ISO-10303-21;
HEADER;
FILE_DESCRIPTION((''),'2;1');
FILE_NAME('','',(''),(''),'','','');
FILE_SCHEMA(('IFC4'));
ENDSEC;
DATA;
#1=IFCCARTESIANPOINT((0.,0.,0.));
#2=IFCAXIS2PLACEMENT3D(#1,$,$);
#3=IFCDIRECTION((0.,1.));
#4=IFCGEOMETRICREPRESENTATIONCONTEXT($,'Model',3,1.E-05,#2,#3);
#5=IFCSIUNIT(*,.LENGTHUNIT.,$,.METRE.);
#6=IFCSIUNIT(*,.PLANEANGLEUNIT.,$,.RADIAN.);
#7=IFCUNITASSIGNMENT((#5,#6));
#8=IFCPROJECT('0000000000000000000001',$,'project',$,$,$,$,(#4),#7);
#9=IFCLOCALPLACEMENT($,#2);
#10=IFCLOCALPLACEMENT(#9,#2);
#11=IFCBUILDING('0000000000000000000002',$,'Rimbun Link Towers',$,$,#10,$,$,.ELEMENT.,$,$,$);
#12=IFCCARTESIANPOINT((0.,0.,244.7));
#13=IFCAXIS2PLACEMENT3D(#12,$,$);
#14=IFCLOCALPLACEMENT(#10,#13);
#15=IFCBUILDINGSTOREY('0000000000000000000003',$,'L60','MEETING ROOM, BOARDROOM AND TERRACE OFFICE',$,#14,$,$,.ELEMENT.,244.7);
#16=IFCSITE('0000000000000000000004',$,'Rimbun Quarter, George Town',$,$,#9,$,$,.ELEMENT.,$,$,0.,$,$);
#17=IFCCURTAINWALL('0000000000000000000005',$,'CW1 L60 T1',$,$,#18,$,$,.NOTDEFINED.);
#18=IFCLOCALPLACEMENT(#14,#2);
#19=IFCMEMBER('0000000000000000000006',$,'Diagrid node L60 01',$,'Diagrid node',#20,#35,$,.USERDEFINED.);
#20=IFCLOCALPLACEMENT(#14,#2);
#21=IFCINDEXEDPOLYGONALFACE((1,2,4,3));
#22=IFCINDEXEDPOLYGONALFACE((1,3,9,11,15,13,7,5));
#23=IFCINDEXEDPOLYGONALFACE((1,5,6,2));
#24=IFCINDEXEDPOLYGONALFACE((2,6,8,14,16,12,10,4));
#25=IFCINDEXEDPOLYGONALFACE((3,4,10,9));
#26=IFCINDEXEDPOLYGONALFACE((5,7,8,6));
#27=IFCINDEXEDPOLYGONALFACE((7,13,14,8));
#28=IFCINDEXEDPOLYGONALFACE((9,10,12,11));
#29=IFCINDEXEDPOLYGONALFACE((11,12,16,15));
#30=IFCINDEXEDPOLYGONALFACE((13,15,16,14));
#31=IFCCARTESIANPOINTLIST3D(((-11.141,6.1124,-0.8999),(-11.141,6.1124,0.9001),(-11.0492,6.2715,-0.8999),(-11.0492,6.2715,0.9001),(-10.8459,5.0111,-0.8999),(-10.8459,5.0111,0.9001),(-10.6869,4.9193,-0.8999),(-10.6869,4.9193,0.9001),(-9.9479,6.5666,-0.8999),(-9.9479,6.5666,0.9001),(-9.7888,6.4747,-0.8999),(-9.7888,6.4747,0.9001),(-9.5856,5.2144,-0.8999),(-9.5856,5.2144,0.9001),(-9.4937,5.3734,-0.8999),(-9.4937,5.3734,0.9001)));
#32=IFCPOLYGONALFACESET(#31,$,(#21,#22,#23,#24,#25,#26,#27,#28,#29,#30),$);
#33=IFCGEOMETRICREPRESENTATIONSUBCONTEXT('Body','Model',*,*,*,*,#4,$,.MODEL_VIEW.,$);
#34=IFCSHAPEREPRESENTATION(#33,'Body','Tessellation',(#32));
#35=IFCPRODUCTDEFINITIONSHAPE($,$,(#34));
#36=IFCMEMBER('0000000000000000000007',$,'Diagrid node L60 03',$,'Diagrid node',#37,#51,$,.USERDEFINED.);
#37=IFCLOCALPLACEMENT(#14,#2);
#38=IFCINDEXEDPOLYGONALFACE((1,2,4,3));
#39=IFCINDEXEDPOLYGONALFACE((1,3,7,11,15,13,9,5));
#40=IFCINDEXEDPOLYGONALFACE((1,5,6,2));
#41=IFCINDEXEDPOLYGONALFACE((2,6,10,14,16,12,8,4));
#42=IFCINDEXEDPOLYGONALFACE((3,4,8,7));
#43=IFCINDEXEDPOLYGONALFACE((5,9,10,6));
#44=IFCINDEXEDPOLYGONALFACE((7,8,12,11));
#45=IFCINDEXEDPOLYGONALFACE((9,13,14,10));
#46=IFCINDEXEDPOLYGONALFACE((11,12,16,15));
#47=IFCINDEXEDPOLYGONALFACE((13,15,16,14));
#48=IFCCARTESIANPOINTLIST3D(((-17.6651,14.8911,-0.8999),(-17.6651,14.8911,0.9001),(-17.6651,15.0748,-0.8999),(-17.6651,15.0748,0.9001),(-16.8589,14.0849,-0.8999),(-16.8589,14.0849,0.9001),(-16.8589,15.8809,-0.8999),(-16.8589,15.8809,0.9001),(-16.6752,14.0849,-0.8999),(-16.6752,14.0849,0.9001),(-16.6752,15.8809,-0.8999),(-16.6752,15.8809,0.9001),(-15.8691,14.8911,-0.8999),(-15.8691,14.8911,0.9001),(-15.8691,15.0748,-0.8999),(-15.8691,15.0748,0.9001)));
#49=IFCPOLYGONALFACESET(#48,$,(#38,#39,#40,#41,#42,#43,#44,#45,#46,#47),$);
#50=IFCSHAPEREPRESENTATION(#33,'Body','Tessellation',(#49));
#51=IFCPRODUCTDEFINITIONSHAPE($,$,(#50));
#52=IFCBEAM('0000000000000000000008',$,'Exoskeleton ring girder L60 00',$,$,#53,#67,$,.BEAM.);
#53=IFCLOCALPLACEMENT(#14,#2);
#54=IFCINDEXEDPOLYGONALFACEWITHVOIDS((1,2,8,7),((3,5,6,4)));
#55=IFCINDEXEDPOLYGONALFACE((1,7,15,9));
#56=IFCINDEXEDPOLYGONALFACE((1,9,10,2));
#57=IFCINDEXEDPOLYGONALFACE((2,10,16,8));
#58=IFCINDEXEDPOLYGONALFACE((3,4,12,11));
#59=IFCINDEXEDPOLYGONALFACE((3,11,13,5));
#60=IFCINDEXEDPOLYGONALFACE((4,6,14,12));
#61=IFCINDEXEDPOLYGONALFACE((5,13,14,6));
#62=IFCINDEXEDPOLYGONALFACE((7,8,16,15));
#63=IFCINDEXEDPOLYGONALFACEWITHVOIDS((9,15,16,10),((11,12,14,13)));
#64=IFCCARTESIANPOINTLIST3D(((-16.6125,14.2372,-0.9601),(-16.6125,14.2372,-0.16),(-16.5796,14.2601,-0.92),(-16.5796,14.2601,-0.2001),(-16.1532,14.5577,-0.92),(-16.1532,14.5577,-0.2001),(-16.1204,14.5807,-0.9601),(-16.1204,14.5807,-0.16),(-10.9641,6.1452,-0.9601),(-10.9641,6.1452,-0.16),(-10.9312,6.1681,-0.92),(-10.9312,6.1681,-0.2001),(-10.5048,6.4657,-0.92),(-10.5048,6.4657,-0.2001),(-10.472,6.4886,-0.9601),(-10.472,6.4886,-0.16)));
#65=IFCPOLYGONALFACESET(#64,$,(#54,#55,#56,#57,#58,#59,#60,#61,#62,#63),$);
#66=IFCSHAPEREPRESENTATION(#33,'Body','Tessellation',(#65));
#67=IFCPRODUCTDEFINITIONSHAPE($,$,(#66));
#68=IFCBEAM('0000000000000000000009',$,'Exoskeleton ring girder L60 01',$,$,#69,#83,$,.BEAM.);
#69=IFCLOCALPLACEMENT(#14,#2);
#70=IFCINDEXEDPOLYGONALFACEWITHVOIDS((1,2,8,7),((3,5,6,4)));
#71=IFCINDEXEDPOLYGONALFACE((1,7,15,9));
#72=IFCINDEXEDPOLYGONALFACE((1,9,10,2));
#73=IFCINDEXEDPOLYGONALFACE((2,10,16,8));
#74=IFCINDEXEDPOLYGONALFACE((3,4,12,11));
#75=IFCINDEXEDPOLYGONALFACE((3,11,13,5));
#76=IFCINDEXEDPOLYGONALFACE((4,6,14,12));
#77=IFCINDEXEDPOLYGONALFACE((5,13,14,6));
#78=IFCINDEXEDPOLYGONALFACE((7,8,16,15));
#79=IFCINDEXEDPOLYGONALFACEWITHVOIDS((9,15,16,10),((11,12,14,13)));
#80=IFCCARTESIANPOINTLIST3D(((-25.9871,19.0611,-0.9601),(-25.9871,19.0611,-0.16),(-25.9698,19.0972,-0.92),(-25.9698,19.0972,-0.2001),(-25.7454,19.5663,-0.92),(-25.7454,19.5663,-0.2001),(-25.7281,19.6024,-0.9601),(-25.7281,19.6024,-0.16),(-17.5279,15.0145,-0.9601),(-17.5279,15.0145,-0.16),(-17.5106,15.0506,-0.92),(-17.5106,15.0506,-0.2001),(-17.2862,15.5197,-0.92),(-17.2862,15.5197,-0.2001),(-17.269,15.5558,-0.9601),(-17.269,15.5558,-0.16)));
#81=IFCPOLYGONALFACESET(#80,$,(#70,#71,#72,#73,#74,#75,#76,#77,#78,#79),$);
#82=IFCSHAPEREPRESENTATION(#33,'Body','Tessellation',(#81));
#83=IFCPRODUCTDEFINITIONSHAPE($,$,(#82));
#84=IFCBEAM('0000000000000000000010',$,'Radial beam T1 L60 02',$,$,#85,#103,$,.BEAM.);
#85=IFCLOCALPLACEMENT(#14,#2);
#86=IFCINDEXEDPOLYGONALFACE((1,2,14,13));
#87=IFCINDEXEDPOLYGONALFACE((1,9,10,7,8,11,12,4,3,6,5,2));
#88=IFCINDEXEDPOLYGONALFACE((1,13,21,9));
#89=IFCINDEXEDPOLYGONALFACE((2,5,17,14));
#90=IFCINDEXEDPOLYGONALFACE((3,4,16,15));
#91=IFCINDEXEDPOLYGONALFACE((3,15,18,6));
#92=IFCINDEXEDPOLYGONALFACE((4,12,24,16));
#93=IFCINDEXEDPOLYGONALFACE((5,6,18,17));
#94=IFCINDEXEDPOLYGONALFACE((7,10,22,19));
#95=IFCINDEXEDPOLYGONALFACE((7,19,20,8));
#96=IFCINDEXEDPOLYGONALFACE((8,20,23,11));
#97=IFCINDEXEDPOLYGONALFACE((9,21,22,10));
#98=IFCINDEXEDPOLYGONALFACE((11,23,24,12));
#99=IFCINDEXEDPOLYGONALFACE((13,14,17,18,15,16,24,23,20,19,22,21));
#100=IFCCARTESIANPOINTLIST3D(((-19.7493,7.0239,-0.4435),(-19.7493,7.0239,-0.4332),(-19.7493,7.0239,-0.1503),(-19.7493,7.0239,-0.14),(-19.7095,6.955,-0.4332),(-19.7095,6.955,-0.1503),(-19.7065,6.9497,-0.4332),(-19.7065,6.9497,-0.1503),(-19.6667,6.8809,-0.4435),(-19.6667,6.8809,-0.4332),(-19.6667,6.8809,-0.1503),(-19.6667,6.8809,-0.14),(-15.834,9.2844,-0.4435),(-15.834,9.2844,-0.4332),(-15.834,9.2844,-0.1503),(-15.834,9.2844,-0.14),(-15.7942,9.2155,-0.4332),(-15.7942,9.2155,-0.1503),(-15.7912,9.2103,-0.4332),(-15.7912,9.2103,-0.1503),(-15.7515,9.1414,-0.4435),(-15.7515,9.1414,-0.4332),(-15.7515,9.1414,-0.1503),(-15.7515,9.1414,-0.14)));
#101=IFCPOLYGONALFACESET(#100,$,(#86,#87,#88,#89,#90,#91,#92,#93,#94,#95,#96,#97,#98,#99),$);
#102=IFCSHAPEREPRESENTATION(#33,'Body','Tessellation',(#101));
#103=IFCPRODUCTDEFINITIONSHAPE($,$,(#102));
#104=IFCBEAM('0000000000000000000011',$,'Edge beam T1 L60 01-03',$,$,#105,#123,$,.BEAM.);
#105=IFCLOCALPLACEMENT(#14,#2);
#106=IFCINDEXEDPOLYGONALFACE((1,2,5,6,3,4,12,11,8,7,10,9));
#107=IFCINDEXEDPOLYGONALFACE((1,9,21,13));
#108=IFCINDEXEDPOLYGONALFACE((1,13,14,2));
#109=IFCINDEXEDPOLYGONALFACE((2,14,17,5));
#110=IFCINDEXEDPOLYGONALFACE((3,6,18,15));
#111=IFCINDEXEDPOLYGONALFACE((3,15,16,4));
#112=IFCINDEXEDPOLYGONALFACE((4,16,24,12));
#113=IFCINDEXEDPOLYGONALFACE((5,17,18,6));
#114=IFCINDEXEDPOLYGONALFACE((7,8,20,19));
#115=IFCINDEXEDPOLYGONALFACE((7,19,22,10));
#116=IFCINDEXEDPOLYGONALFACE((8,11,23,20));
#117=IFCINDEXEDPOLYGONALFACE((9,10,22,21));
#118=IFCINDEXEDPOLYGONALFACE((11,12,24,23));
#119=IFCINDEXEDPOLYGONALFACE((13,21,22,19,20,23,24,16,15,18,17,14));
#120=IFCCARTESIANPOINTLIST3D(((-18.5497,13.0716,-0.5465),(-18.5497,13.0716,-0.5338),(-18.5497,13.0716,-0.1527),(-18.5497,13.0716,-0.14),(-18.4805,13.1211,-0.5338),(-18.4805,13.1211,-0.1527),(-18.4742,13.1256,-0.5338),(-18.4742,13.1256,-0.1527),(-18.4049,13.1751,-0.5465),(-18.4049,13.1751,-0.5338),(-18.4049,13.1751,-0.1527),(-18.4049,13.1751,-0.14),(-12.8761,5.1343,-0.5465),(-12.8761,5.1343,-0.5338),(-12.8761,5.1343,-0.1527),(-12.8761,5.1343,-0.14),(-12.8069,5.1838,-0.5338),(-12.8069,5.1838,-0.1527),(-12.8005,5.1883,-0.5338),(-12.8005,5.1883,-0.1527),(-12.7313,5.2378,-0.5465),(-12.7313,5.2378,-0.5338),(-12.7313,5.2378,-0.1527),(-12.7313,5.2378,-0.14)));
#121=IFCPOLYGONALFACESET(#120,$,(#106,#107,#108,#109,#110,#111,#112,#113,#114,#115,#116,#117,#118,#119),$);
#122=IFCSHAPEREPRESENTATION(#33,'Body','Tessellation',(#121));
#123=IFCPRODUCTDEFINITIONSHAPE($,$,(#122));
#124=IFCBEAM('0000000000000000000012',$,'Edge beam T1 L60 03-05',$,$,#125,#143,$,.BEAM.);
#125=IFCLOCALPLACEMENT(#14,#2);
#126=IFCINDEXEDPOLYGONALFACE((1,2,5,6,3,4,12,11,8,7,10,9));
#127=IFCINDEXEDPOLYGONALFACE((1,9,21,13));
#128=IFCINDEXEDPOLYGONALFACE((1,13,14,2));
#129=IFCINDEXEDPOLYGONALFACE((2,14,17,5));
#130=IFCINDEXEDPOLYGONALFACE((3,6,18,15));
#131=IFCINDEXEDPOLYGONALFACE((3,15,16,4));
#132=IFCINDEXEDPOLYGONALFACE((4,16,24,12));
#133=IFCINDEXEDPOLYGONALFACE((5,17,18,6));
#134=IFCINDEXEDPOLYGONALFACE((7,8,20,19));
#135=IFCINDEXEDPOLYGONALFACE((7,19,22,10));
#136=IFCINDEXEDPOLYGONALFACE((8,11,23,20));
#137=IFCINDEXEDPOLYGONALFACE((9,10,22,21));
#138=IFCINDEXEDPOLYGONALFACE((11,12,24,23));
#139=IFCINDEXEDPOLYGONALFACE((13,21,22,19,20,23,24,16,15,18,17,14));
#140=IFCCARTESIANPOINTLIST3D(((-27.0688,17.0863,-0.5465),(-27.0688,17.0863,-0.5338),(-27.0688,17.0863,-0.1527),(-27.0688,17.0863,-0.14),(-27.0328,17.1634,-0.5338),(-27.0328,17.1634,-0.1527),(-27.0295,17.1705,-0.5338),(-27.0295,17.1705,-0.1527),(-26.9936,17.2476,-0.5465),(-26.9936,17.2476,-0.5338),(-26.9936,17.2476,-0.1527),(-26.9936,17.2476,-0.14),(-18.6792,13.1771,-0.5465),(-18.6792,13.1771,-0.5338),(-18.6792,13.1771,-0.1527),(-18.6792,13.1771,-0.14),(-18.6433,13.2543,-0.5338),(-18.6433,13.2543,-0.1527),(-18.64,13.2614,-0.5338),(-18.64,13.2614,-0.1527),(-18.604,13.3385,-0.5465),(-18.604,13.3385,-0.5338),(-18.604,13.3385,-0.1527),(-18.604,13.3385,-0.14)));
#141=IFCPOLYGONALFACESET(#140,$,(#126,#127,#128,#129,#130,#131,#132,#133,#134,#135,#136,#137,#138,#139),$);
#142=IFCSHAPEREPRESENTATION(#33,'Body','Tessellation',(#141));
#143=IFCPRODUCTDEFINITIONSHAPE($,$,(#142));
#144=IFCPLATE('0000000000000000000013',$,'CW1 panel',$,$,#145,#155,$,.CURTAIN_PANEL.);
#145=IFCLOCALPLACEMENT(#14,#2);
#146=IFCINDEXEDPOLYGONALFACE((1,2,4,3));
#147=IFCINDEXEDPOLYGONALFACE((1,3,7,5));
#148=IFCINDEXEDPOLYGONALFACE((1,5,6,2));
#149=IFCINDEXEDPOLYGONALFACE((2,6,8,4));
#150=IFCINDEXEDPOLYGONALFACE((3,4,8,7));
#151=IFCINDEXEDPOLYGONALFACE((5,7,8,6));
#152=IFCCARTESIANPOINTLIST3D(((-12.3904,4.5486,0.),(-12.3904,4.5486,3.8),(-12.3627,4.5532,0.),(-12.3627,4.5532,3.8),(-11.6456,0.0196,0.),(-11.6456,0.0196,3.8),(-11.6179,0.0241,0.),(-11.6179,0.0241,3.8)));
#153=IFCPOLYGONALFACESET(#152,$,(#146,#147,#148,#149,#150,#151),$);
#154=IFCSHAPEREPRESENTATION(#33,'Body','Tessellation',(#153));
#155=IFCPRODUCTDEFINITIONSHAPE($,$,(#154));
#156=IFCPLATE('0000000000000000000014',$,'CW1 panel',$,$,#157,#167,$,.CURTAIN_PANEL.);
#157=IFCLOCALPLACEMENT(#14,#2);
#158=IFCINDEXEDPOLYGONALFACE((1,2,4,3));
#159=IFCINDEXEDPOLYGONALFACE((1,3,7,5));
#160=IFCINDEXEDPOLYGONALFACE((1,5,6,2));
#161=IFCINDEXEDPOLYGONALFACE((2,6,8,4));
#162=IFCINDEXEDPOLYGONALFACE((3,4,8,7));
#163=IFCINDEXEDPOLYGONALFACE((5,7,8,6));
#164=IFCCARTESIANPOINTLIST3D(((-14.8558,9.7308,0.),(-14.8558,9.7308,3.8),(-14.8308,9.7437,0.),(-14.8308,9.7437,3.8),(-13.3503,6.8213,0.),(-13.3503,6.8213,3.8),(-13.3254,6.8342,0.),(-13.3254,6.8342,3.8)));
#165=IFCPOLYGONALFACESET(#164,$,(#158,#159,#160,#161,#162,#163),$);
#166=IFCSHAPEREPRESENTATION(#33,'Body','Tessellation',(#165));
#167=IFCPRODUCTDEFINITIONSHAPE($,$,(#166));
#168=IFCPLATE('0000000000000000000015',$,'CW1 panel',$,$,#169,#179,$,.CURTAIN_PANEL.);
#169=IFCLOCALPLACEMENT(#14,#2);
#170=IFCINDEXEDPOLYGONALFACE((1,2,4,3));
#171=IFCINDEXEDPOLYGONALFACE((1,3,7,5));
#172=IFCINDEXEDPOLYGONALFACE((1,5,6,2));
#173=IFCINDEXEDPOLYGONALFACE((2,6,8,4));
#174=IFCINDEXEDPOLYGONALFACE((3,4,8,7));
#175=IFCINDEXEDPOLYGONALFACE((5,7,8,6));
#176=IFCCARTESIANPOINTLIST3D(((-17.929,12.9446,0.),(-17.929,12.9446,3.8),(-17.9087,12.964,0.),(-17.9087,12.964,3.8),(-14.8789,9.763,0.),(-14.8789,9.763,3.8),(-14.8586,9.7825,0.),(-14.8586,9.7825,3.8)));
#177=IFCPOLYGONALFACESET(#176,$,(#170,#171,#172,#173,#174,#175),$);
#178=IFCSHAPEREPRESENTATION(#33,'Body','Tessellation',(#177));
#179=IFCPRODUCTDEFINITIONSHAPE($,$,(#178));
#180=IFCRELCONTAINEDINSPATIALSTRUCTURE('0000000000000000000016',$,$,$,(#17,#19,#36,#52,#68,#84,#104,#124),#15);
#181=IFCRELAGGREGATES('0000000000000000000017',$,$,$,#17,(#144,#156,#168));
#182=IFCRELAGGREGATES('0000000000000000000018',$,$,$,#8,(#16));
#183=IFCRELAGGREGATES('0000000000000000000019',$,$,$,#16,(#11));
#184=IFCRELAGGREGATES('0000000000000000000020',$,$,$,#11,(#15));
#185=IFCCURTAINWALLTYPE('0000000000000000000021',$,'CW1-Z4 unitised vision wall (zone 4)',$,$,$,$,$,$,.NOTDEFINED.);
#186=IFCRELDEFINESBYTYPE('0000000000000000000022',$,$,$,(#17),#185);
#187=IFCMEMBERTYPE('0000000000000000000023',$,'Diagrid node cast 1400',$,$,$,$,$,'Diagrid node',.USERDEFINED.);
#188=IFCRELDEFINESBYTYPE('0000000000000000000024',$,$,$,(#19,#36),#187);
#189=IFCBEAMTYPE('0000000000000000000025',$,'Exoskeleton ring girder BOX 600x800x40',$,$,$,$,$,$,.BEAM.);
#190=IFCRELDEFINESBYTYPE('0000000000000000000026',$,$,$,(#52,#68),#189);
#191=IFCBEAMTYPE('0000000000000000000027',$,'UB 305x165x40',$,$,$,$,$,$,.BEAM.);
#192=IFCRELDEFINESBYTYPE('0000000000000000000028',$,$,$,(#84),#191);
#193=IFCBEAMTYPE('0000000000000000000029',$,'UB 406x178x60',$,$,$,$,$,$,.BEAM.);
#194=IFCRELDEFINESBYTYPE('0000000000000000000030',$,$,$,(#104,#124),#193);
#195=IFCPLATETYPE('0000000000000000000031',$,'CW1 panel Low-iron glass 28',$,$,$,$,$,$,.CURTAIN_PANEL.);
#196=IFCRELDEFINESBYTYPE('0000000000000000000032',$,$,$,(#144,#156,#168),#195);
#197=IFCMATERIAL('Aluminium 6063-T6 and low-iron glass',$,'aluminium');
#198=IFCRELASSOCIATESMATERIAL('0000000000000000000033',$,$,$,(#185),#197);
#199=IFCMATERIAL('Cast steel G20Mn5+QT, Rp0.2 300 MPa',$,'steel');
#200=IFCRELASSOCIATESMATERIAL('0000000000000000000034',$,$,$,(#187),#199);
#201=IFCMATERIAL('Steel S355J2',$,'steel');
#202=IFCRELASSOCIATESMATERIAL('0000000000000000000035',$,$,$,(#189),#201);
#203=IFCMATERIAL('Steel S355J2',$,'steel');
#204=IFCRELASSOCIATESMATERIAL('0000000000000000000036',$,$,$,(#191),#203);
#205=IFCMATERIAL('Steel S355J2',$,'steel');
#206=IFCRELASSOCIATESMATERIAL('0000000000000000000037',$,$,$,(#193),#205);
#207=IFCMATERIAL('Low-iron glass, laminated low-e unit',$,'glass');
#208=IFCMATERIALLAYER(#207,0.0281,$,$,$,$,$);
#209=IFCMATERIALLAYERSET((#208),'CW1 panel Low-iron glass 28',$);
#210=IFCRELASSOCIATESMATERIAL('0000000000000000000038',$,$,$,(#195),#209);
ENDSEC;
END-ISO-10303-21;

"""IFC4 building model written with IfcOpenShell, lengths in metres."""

from ifc_helpers import new_model, si_unit, direction, frame, origin, origin_2d, place, context, subcontext, project, spatial, polyline, rectangle, hollow_rectangle, i_section, outline, extrude, material, layer, layer_set, material_profile, profile_set, type_object, element, aggregate, save


model = new_model("IFC4")

# Units and contexts
model_context = context("Model", 3, precision=1e-05, world=origin(), true_north=direction((0.0, 1.0)))
body_context = subcontext(model_context, "Body", "Model", "MODEL_VIEW")
ifc_project = project(units=[si_unit("LENGTHUNIT", "METRE"), si_unit("PLANEANGLEUNIT", "RADIAN")], contexts=[model_context])

# Site, building, storey
site_placement = place(None, origin())
site = spatial("IfcSite", under=ifc_project, at=site_placement, Name="Rimbun Quarter, George Town", CompositionType="ELEMENT", RefElevation=0.0)
building_placement = place(site_placement, origin())
building = spatial("IfcBuilding", under=site, at=building_placement, Name="Rimbun Link Towers", CompositionType="ELEMENT")
storey_placement = place(building_placement, frame((0.0, 0.0, 244.7)))
storey = spatial("IfcBuildingStorey", under=building, at=storey_placement, Name="L60", Description="MEETING ROOM, BOARDROOM AND TERRACE OFFICE", CompositionType="ELEMENT", Elevation=244.7)

# Curtain wall
ifc_material_1 = material(Name="Aluminium 6063-T6 and low-iron glass", Category="aluminium")
curtain_wall_type = type_object("IfcCurtainWallType", Name="CW1-Z4 unitised vision wall (zone 4)", PredefinedType="NOTDEFINED", material=ifc_material_1)
curtain_wall_placement = place(storey_placement, origin())
curtain_wall = element("IfcCurtainWall", 1, at=curtain_wall_placement, inside=storey, type_object=curtain_wall_type, Name="CW1 L60 T1", PredefinedType="NOTDEFINED")

# Members
ifc_material_2 = material(Name="Cast steel G20Mn5+QT, Rp0.2 300 MPa", Category="steel")
ifc_material_profile_1 = material_profile(ifc_material_2, outline(polyline([(0.7, -0.5701), (0.7, 0.5701), (0.5701, 0.7), (-0.5701, 0.7), (-0.7, 0.5701), (-0.7, -0.5701), (-0.5701, -0.7), (0.5701, -0.7), (0.7, -0.5701)])), Name="NODE 1400x1400")
ifc_profile_set_1 = profile_set([ifc_material_profile_1], Name="Cast steel G20Mn5+QT, Rp0.2 300 MPa")
member_type_1 = type_object("IfcMemberType", Name="Diagrid node cast 1400", ElementType="Diagrid node", PredefinedType="USERDEFINED", material=ifc_profile_set_1)
for number, where, z_axis, x_axis, name in (
    (2, (-10.3174, 5.7429, -0.8999), (0.0, 0.0, 1.0), (0.965926, 0.258819, 0.0), "Diagrid node L60 01"),
    (3, (-16.7671, 14.9829, -0.8999), (0.0, 0.0, 1.0), (0.707107, 0.707107, 0.0), "Diagrid node L60 03"),
):
    element("IfcMember", number, at=place(storey_placement, frame(where, z_axis=z_axis, x_axis=x_axis)), inside=storey, type_object=member_type_1, Name=name, ObjectType="Diagrid node", PredefinedType="USERDEFINED", context=body_context, shape_type="SweptSolid", body=[
        extrude(outline(polyline([(0.7, -0.5701), (0.7, 0.5701), (0.5701, 0.7), (-0.5701, 0.7), (-0.7, 0.5701), (-0.7, -0.5701), (-0.5701, -0.7), (0.5701, -0.7), (0.7, -0.5701)])), origin(), (0.0, 0.0, 1.0), 1.8),
    ])

# Beams
ifc_material_3 = material(Name="Steel S355J2", Category="steel")
ifc_material_profile_2 = material_profile(ifc_material_3, hollow_rectangle(XDim=0.6001, YDim=0.8, WallThickness=0.04, at=origin_2d()), Name="Exoskeleton ring girder BOX 600x800x40")
ifc_profile_set_2 = profile_set([ifc_material_profile_2], Name="Steel S355J2")
beam_type_1 = type_object("IfcBeamType", Name="Exoskeleton ring girder BOX 600x800x40", PredefinedType="BEAM", material=ifc_profile_set_2)
beam_1_placement = place(storey_placement, frame((-10.718, 6.3169, -0.5601), z_axis=(-0.572374, 0.819992, 0.0), x_axis=(-0.819992, -0.572374, 0.0)))
element("IfcBeam", 4, at=beam_1_placement, inside=storey, type_object=beam_type_1, Name="Exoskeleton ring girder L60 00", PredefinedType="BEAM", context=body_context, shape_type="SweptSolid", body=[
    extrude(hollow_rectangle(XDim=0.6001, YDim=0.8, WallThickness=0.04, at=origin_2d()), origin(), (0.0, 0.0, 1.0), 9.8684),
])
beam_2_placement = place(storey_placement, frame((-17.3984, 15.2852, -0.5601), z_axis=(-0.902096, 0.431535, 0.0), x_axis=(-0.431535, -0.902096, 0.0)))
element("IfcBeam", 5, at=beam_2_placement, inside=storey, type_object=beam_type_1, Name="Exoskeleton ring girder L60 01", PredefinedType="BEAM", context=body_context, shape_type="SweptSolid", body=[
    extrude(hollow_rectangle(XDim=0.6001, YDim=0.8, WallThickness=0.04, at=origin_2d()), origin(), (0.0, 0.0, 1.0), 9.3772),
])
ifc_material_4 = material(Name="Steel S355J2", Category="steel")
ifc_material_profile_3 = material_profile(ifc_material_4, i_section(OverallWidth=0.165, OverallDepth=0.3035, WebThickness=0.0061, FlangeThickness=0.0103, at=origin_2d()), Name="UB 305x165x40")
ifc_profile_set_3 = profile_set([ifc_material_profile_3], Name="Steel S355J2")
beam_type_2 = type_object("IfcBeamType", Name="UB 305x165x40", PredefinedType="BEAM", material=ifc_profile_set_3)
beam_3_placement = place(storey_placement, frame((-19.708, 6.9524, -0.2917), z_axis=(0.866025, 0.500001, 0.0), x_axis=(-0.500001, 0.866025, 0.0)))
element("IfcBeam", 6, at=beam_3_placement, inside=storey, type_object=beam_type_2, Name="Radial beam T1 L60 02", PredefinedType="BEAM", context=body_context, shape_type="SweptSolid", body=[
    extrude(i_section(OverallWidth=0.165, OverallDepth=0.3035, WebThickness=0.0061, FlangeThickness=0.0103, at=origin_2d()), origin(), (0.0, 0.0, 1.0), 4.521),
])
ifc_material_5 = material(Name="Steel S355J2", Category="steel")
ifc_material_profile_4 = material_profile(ifc_material_5, i_section(OverallWidth=0.178, OverallDepth=0.4065, WebThickness=0.0078, FlangeThickness=0.0127, at=origin_2d()), Name="UB 406x178x60")
ifc_profile_set_4 = profile_set([ifc_material_profile_4], Name="Steel S355J2")
beam_type_3 = type_object("IfcBeamType", Name="UB 406x178x60", PredefinedType="BEAM", material=ifc_profile_set_4)
beam_4_placement = place(storey_placement, frame((-12.8037, 5.186, -0.3433), z_axis=(-0.581517, 0.813534, 0.0), x_axis=(-0.813534, -0.581517, 0.0)))
element("IfcBeam", 7, at=beam_4_placement, inside=storey, type_object=beam_type_3, Name="Edge beam T1 L60 01-03", PredefinedType="BEAM", context=body_context, shape_type="SweptSolid", body=[
    extrude(i_section(OverallWidth=0.178, OverallDepth=0.4065, WebThickness=0.0078, FlangeThickness=0.0127, at=origin_2d()), origin(), (0.0, 0.0, 1.0), 9.7566),
])
beam_5_placement = place(storey_placement, frame((-18.6416, 13.2578, -0.3433), z_axis=(-0.906431, 0.422354, 0.0), x_axis=(-0.422354, -0.906431, 0.0)))
element("IfcBeam", 8, at=beam_5_placement, inside=storey, type_object=beam_type_3, Name="Edge beam T1 L60 03-05", PredefinedType="BEAM", context=body_context, shape_type="SweptSolid", body=[
    extrude(i_section(OverallWidth=0.178, OverallDepth=0.4065, WebThickness=0.0078, FlangeThickness=0.0127, at=origin_2d()), origin(), (0.0, 0.0, 1.0), 9.2556),
])

# Plates
ifc_material_6 = material(Name="Low-iron glass, laminated low-e unit", Category="glass")
ifc_layer_1 = layer(ifc_material_6, 0.0281)
ifc_layer_set_1 = layer_set([ifc_layer_1], Name="CW1 panel Low-iron glass 28")
plate_type = type_object("IfcPlateType", Name="CW1 panel Low-iron glass 28", PredefinedType="CURTAIN_PANEL", material=ifc_layer_set_1)
plate_1_placement = place(storey_placement, frame((-12.0042, 2.2864, 0.0), z_axis=(0.0, 0.0, 1.0), x_axis=(0.162262, -0.986748, 0.0)))
plate_1 = element("IfcPlate", 9, at=plate_1_placement, type_object=plate_type, Name="CW1 panel", PredefinedType="CURTAIN_PANEL", context=body_context, shape_type="SweptSolid", body=[
    extrude(rectangle(XDim=4.5898, YDim=0.0281, at=origin_2d()), origin(), (0.0, 0.0, 1.0), 3.8),
])
plate_2_placement = place(storey_placement, frame((-14.0906, 8.2825, 0.0), z_axis=(0.0, 0.0, 1.0), x_axis=(0.459552, -0.888151, 0.0)))
plate_2 = element("IfcPlate", 10, at=plate_2_placement, type_object=plate_type, Name="CW1 panel", PredefinedType="CURTAIN_PANEL", context=body_context, shape_type="SweptSolid", body=[
    extrude(rectangle(XDim=3.2759, YDim=0.0281, at=origin_2d()), origin(), (0.0, 0.0, 1.0), 3.8),
])
plate_3_placement = place(storey_placement, frame((-16.3938, 11.3635, 0.0), z_axis=(0.0, 0.0, 1.0), x_axis=(0.692041, -0.721858, 0.0)))
plate_3 = element("IfcPlate", 11, at=plate_3_placement, type_object=plate_type, Name="CW1 panel", PredefinedType="CURTAIN_PANEL", context=body_context, shape_type="SweptSolid", body=[
    extrude(rectangle(XDim=4.4075, YDim=0.0281, at=origin_2d()), origin(), (0.0, 0.0, 1.0), 3.8),
])
aggregate(curtain_wall, [plate_1, plate_2, plate_3])

save(model, "model.ifc")
